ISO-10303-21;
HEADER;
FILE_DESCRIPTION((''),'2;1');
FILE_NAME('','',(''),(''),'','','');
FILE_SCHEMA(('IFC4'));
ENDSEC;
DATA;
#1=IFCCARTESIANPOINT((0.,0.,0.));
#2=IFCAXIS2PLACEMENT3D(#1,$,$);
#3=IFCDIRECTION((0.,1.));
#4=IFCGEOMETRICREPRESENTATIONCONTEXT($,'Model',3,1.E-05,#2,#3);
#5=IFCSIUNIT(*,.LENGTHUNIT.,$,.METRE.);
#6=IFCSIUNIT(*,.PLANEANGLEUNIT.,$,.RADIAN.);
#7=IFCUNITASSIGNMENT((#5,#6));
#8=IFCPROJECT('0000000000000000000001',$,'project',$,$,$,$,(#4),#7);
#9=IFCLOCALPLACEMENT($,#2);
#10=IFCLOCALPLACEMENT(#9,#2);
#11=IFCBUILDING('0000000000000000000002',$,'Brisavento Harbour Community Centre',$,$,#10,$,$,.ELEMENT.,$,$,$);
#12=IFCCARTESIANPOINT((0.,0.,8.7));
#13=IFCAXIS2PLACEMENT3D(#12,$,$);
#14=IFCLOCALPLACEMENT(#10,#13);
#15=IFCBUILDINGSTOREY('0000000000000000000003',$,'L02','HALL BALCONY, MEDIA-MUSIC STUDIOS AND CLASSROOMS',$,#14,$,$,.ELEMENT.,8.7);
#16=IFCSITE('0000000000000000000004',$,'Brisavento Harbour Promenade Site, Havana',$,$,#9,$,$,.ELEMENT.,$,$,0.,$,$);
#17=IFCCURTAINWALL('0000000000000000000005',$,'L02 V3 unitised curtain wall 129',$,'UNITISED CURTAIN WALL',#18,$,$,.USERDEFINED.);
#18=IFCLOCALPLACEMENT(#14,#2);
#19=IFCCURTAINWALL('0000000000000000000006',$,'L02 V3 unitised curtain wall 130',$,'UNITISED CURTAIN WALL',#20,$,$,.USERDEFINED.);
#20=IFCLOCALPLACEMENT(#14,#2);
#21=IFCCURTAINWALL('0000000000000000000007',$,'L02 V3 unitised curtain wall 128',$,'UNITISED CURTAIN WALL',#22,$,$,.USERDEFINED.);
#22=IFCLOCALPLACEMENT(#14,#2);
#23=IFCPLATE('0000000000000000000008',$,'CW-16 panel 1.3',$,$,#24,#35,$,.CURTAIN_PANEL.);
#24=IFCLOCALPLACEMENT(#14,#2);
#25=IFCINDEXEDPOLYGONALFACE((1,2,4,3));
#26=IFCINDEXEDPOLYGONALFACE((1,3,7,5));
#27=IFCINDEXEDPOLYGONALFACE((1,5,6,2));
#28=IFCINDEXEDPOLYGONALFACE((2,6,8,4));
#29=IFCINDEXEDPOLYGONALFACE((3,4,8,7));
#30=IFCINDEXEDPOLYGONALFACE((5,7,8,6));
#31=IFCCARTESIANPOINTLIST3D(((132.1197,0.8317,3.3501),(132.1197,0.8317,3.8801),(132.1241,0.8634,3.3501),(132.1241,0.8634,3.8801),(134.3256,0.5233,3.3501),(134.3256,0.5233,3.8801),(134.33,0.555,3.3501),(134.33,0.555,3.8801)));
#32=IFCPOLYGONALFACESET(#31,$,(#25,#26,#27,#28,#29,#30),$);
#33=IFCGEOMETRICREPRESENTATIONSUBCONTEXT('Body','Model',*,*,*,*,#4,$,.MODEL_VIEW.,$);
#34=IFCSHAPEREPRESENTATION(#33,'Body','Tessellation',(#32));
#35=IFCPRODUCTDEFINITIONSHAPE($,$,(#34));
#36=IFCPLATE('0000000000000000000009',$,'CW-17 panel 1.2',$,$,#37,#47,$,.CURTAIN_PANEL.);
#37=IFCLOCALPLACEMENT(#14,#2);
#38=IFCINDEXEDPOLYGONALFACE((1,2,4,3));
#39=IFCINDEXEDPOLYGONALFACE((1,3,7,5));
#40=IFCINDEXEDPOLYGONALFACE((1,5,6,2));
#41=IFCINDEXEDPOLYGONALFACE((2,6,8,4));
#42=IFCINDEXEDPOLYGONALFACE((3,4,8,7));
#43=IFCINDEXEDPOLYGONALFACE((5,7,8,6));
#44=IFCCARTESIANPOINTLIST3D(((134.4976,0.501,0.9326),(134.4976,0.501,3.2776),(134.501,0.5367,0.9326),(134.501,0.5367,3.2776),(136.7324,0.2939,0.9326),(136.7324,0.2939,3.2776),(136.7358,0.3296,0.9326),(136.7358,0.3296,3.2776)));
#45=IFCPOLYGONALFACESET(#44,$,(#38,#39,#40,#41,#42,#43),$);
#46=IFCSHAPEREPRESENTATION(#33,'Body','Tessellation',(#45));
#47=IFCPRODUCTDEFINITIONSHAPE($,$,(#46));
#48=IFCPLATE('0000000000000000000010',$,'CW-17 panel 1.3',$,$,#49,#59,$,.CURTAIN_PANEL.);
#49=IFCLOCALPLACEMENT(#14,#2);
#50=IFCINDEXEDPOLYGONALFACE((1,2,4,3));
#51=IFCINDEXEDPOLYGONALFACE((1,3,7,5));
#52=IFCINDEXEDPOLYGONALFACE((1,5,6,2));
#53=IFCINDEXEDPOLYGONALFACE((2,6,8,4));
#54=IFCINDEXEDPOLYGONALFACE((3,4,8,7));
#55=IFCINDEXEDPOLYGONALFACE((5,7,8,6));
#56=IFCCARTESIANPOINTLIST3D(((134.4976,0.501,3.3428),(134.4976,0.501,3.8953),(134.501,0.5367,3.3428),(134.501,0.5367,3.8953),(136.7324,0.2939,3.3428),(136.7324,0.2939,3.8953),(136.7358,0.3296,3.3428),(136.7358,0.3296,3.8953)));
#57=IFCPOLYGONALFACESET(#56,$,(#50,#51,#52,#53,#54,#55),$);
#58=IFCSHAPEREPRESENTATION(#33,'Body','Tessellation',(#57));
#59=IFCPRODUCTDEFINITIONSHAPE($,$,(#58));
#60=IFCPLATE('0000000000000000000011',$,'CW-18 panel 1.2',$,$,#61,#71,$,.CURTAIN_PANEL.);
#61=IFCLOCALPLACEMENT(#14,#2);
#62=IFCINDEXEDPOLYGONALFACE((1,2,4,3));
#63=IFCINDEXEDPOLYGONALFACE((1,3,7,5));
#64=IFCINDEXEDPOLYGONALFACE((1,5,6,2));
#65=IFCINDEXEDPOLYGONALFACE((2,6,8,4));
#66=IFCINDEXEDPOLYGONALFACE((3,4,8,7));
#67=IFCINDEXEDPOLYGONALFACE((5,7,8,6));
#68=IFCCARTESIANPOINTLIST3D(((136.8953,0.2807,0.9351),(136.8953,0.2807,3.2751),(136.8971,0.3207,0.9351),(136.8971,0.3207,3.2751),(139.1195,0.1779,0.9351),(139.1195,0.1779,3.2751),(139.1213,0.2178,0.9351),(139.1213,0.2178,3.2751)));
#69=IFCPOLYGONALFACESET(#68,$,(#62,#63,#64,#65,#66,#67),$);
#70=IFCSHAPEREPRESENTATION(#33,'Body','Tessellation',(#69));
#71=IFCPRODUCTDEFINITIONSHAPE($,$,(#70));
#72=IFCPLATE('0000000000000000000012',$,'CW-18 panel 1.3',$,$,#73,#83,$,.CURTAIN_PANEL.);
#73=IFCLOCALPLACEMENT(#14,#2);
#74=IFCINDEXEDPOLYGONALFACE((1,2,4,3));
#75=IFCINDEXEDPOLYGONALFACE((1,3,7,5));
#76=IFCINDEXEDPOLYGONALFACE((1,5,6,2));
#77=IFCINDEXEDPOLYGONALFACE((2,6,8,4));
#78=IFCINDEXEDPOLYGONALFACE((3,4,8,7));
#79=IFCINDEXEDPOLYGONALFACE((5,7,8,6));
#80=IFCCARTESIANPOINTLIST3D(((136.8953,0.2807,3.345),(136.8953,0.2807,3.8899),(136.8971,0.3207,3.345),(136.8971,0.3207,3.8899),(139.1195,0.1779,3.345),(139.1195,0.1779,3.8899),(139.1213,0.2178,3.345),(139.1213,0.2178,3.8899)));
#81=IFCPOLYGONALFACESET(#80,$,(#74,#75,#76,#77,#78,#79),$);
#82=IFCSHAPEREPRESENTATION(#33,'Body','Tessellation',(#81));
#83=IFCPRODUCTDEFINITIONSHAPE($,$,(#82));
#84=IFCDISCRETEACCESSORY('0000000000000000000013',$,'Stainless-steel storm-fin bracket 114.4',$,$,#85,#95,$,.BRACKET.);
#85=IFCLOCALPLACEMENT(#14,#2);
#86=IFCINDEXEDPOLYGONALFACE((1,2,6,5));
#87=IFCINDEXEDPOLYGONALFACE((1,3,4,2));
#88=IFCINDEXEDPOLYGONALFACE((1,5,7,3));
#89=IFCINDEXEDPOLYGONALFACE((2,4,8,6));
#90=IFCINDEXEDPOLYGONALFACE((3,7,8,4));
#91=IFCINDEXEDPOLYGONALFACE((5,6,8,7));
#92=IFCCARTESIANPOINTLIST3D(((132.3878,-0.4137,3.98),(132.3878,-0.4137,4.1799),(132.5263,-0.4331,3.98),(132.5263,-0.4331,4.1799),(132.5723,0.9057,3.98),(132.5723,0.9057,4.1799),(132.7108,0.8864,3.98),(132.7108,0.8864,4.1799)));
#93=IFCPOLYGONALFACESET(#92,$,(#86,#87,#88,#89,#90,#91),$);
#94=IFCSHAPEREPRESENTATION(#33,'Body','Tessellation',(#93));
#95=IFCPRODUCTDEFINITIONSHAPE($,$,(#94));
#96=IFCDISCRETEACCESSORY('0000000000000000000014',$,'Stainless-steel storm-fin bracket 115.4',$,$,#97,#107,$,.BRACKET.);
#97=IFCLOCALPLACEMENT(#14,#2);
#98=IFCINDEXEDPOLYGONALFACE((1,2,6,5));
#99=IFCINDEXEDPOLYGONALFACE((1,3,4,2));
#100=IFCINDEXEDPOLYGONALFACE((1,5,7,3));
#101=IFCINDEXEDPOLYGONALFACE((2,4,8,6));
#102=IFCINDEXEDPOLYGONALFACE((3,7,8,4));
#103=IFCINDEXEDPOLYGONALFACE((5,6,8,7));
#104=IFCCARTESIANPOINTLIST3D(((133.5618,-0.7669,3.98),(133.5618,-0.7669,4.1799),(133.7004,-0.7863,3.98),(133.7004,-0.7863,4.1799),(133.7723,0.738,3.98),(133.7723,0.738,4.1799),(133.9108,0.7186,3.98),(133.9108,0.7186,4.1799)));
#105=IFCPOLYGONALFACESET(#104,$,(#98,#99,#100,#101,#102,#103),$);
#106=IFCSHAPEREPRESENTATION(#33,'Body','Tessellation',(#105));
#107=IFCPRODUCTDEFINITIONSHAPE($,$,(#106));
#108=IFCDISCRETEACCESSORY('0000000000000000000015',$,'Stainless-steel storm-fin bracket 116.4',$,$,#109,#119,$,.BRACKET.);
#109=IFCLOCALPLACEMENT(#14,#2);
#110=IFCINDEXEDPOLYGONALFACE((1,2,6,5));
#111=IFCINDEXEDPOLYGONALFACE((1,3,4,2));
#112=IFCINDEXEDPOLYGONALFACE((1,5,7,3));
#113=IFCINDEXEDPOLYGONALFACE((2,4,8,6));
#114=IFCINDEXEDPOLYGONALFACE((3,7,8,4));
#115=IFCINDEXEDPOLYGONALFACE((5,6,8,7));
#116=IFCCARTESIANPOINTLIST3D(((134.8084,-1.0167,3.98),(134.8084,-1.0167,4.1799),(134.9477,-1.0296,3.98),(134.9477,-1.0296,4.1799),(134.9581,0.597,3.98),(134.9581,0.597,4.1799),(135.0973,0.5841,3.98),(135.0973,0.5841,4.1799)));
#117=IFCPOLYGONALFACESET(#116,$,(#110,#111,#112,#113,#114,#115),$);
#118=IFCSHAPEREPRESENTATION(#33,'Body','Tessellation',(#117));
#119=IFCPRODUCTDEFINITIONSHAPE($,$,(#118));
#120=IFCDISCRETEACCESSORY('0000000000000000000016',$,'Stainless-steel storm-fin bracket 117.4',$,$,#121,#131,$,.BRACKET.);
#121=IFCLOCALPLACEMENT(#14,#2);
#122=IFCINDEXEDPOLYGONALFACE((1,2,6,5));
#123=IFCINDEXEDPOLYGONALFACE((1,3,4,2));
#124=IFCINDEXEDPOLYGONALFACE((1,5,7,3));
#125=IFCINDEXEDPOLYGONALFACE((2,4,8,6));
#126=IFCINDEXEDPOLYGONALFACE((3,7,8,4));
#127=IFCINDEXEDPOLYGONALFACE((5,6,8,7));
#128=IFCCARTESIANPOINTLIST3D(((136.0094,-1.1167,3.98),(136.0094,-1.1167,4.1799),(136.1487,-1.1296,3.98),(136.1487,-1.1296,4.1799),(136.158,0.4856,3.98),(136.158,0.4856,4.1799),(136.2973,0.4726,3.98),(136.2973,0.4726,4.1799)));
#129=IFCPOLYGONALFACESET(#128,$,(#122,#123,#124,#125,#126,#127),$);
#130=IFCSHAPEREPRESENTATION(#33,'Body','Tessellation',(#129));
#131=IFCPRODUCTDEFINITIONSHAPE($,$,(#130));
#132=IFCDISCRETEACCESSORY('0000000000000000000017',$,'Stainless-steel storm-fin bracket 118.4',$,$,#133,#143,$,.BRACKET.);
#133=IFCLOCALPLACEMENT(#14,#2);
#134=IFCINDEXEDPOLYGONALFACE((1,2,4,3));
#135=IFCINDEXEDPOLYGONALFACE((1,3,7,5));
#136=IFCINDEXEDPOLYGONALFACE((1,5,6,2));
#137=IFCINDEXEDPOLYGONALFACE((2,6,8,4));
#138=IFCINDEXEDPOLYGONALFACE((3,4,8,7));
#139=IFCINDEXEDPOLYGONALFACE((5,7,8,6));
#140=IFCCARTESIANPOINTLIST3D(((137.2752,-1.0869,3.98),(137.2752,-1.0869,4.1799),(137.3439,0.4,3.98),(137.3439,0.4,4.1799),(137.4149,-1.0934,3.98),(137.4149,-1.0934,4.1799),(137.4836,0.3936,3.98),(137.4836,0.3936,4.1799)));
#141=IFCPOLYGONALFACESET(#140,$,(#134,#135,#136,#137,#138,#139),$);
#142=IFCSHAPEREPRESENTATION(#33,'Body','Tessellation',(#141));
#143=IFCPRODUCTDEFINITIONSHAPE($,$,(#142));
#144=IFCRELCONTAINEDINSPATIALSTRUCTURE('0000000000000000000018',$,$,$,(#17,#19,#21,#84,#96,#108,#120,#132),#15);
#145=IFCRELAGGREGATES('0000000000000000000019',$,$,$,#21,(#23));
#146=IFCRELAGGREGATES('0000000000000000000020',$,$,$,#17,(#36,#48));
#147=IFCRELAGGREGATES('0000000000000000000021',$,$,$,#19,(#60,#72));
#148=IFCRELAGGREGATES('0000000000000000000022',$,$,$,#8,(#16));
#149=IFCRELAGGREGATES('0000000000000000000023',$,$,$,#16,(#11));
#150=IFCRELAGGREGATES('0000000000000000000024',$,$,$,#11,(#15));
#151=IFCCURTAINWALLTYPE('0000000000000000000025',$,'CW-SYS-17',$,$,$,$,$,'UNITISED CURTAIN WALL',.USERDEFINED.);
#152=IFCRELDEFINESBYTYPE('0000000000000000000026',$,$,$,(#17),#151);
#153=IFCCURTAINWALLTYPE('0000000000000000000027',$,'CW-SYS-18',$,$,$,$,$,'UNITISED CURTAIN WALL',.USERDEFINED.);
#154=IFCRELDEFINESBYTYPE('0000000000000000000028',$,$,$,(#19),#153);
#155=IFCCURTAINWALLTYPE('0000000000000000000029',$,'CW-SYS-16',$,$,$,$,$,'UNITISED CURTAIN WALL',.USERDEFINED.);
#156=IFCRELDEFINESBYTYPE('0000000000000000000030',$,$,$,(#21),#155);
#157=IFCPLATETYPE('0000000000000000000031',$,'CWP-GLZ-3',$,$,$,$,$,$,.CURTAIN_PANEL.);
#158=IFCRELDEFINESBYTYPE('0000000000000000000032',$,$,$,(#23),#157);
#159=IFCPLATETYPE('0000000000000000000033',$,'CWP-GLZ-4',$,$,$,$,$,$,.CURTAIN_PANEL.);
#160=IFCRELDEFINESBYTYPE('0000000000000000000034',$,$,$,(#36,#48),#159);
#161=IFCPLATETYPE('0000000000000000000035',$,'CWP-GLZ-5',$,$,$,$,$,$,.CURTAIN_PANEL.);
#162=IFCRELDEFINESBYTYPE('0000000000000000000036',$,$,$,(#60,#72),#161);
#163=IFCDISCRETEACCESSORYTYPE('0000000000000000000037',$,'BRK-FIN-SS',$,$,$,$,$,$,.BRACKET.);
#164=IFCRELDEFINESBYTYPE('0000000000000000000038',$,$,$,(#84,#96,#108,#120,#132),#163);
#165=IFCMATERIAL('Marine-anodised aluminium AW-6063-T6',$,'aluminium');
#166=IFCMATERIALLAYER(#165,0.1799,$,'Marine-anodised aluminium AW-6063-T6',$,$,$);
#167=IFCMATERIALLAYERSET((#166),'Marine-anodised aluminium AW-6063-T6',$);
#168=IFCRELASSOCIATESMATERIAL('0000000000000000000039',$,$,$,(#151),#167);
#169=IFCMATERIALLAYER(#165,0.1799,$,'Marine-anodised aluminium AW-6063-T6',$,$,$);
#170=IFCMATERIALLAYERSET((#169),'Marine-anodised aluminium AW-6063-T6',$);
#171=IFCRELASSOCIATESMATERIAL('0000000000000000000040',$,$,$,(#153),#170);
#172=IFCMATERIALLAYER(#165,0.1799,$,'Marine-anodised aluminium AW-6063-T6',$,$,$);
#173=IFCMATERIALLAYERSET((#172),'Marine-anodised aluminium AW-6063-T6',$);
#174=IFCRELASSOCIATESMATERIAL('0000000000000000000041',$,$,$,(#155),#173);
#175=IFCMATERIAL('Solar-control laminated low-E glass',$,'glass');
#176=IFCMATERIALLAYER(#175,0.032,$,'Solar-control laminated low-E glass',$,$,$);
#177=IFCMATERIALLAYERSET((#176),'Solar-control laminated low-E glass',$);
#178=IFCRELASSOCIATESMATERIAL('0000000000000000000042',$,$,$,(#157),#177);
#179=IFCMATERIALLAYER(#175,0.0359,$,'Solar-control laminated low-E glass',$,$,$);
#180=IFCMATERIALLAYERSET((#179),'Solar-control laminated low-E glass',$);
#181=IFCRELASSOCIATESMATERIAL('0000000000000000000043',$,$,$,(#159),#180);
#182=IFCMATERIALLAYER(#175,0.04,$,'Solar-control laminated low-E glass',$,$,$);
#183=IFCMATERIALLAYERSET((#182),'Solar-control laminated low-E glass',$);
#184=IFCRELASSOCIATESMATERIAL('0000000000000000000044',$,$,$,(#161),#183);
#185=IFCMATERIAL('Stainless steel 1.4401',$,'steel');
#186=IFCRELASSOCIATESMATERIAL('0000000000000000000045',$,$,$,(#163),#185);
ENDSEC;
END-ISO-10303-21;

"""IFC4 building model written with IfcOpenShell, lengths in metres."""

from ifc_helpers import new_model, si_unit, direction, frame, origin, origin_2d, place, context, subcontext, project, spatial, rectangle, extrude, material, layer, layer_set, type_object, element, aggregate, save


model = new_model("IFC4")

# Units and contexts
model_context = context("Model", 3, precision=1e-05, world=origin(), true_north=direction((0.0, 1.0)))
body_context = subcontext(model_context, "Body", "Model", "MODEL_VIEW")
ifc_project = project(units=[si_unit("LENGTHUNIT", "METRE"), si_unit("PLANEANGLEUNIT", "RADIAN")], contexts=[model_context])

# Site, building, storey
site_placement = place(None, origin())
site = spatial("IfcSite", under=ifc_project, at=site_placement, Name="Brisavento Harbour Promenade Site, Havana", CompositionType="ELEMENT", RefElevation=0.0)
building_placement = place(site_placement, origin())
building = spatial("IfcBuilding", under=site, at=building_placement, Name="Brisavento Harbour Community Centre", CompositionType="ELEMENT")
storey_placement = place(building_placement, frame((0.0, 0.0, 8.7)))
storey = spatial("IfcBuildingStorey", under=building, at=storey_placement, Name="L02", Description="HALL BALCONY, MEDIA-MUSIC STUDIOS AND CLASSROOMS", CompositionType="ELEMENT", Elevation=8.7)

# Curtain walls
ifc_material_1 = material(Name="Marine-anodised aluminium AW-6063-T6", Category="aluminium")
ifc_layer_1 = layer(ifc_material_1, 0.1799, Name="Marine-anodised aluminium AW-6063-T6")
ifc_layer_set_1 = layer_set([ifc_layer_1], Name="Marine-anodised aluminium AW-6063-T6")
curtain_wall_type_1 = type_object("IfcCurtainWallType", Name="CW-SYS-17", ElementType="UNITISED CURTAIN WALL", PredefinedType="USERDEFINED", material=ifc_layer_set_1)
curtain_wall_1_placement = place(storey_placement, origin())
curtain_wall_1 = element("IfcCurtainWall", 1, at=curtain_wall_1_placement, inside=storey, type_object=curtain_wall_type_1, Name="L02 V3 unitised curtain wall 129", ObjectType="UNITISED CURTAIN WALL", PredefinedType="USERDEFINED")
ifc_layer_2 = layer(ifc_material_1, 0.1799, Name="Marine-anodised aluminium AW-6063-T6")
ifc_layer_set_2 = layer_set([ifc_layer_2], Name="Marine-anodised aluminium AW-6063-T6")
curtain_wall_type_2 = type_object("IfcCurtainWallType", Name="CW-SYS-18", ElementType="UNITISED CURTAIN WALL", PredefinedType="USERDEFINED", material=ifc_layer_set_2)
curtain_wall_2_placement = place(storey_placement, origin())
curtain_wall_2 = element("IfcCurtainWall", 2, at=curtain_wall_2_placement, inside=storey, type_object=curtain_wall_type_2, Name="L02 V3 unitised curtain wall 130", ObjectType="UNITISED CURTAIN WALL", PredefinedType="USERDEFINED")

# Curtain wall, plate
ifc_layer_3 = layer(ifc_material_1, 0.1799, Name="Marine-anodised aluminium AW-6063-T6")
ifc_layer_set_3 = layer_set([ifc_layer_3], Name="Marine-anodised aluminium AW-6063-T6")
curtain_wall_type_3 = type_object("IfcCurtainWallType", Name="CW-SYS-16", ElementType="UNITISED CURTAIN WALL", PredefinedType="USERDEFINED", material=ifc_layer_set_3)
curtain_wall_3_placement = place(storey_placement, origin())
curtain_wall_3 = element("IfcCurtainWall", 3, at=curtain_wall_3_placement, inside=storey, type_object=curtain_wall_type_3, Name="L02 V3 unitised curtain wall 128", ObjectType="UNITISED CURTAIN WALL", PredefinedType="USERDEFINED")
ifc_material_2 = material(Name="Solar-control laminated low-E glass", Category="glass")
ifc_layer_4 = layer(ifc_material_2, 0.032, Name="Solar-control laminated low-E glass")
ifc_layer_set_4 = layer_set([ifc_layer_4], Name="Solar-control laminated low-E glass")
plate_type_1 = type_object("IfcPlateType", Name="CWP-GLZ-3", PredefinedType="CURTAIN_PANEL", material=ifc_layer_set_4)
plate_1_placement = place(storey_placement, frame((133.2249, 0.6934, 3.3501), z_axis=(0.0, 0.0, 1.0), x_axis=(-0.990366, 0.138477, 0.0)))
plate_1 = element("IfcPlate", 4, at=plate_1_placement, type_object=plate_type_1, Name="CW-16 panel 1.3", PredefinedType="CURTAIN_PANEL", context=body_context, shape_type="SweptSolid", body=[
    extrude(rectangle(XDim=2.2273, YDim=0.032, at=origin_2d()), origin(), (0.0, 0.0, 1.0), 0.53),
])
aggregate(curtain_wall_3, [plate_1])

# Plates
ifc_layer_5 = layer(ifc_material_2, 0.0359, Name="Solar-control laminated low-E glass")
ifc_layer_set_5 = layer_set([ifc_layer_5], Name="Solar-control laminated low-E glass")
plate_type_2 = type_object("IfcPlateType", Name="CWP-GLZ-4", PredefinedType="CURTAIN_PANEL", material=ifc_layer_set_5)
plate_2_placement = place(storey_placement, frame((135.6167, 0.4153, 0.9326), z_axis=(0.0, 0.0, 1.0), x_axis=(-0.995733, 0.092279, 0.0)))
plate_2 = element("IfcPlate", 5, at=plate_2_placement, type_object=plate_type_2, Name="CW-17 panel 1.2", PredefinedType="CURTAIN_PANEL", context=body_context, shape_type="SweptSolid", body=[
    extrude(rectangle(XDim=2.2444, YDim=0.0359, at=origin_2d()), origin(), (0.0, 0.0, 1.0), 2.345),
])
plate_3_placement = place(storey_placement, frame((135.6167, 0.4153, 3.3428), z_axis=(0.0, 0.0, 1.0), x_axis=(-0.995733, 0.092279, 0.0)))
plate_3 = element("IfcPlate", 6, at=plate_3_placement, type_object=plate_type_2, Name="CW-17 panel 1.3", PredefinedType="CURTAIN_PANEL", context=body_context, shape_type="SweptSolid", body=[
    extrude(rectangle(XDim=2.2444, YDim=0.0359, at=origin_2d()), origin(), (0.0, 0.0, 1.0), 0.5525),
])
aggregate(curtain_wall_1, [plate_2, plate_3])
ifc_layer_6 = layer(ifc_material_2, 0.04, Name="Solar-control laminated low-E glass")
ifc_layer_set_6 = layer_set([ifc_layer_6], Name="Solar-control laminated low-E glass")
plate_type_3 = type_object("IfcPlateType", Name="CWP-GLZ-5", PredefinedType="CURTAIN_PANEL", material=ifc_layer_set_6)
plate_4_placement = place(storey_placement, frame((138.0083, 0.2493, 0.9351), z_axis=(0.0, 0.0, 1.0), x_axis=(-0.998933, 0.046186, 0.0)))
plate_4 = element("IfcPlate", 7, at=plate_4_placement, type_object=plate_type_3, Name="CW-18 panel 1.2", PredefinedType="CURTAIN_PANEL", context=body_context, shape_type="SweptSolid", body=[
    extrude(rectangle(XDim=2.2266, YDim=0.04, at=origin_2d()), origin(), (0.0, 0.0, 1.0), 2.3401),
])
plate_5_placement = place(storey_placement, frame((138.0083, 0.2493, 3.345), z_axis=(0.0, 0.0, 1.0), x_axis=(-0.998933, 0.046186, 0.0)))
plate_5 = element("IfcPlate", 8, at=plate_5_placement, type_object=plate_type_3, Name="CW-18 panel 1.3", PredefinedType="CURTAIN_PANEL", context=body_context, shape_type="SweptSolid", body=[
    extrude(rectangle(XDim=2.2266, YDim=0.04, at=origin_2d()), origin(), (0.0, 0.0, 1.0), 0.5449),
])
aggregate(curtain_wall_2, [plate_4, plate_5])

# Discrete accessories
ifc_material_3 = material(Name="Stainless steel 1.4401", Category="steel")
discrete_accessory_type = type_object("IfcDiscreteAccessoryType", Name="BRK-FIN-SS", PredefinedType="BRACKET", material=ifc_material_3)
discrete_accessory_1_placement = place(storey_placement, frame((132.5493, 0.2363, 3.98), z_axis=(0.0, 0.0, 1.0), x_axis=(-0.138499, -0.990363, 0.0)))
element("IfcDiscreteAccessory", 9, at=discrete_accessory_1_placement, inside=storey, type_object=discrete_accessory_type, Name="Stainless-steel storm-fin bracket 114.4", PredefinedType="BRACKET", context=body_context, shape_type="SweptSolid", body=[
    extrude(rectangle(XDim=1.3323, YDim=0.1399, at=origin_2d()), origin(), (0.0, 0.0, 1.0), 0.2),
])
discrete_accessory_2_placement = place(storey_placement, frame((133.7363, -0.0242, 3.98), z_axis=(0.0, 0.0, 1.0), x_axis=(-0.138499, -0.990363, 0.0)))
element("IfcDiscreteAccessory", 10, at=discrete_accessory_2_placement, inside=storey, type_object=discrete_accessory_type, Name="Stainless-steel storm-fin bracket 115.4", PredefinedType="BRACKET", context=body_context, shape_type="SweptSolid", body=[
    extrude(rectangle(XDim=1.5195, YDim=0.1399, at=origin_2d()), origin(), (0.0, 0.0, 1.0), 0.2),
])
discrete_accessory_3_placement = place(storey_placement, frame((134.9529, -0.2163, 3.98), z_axis=(0.0, 0.0, 1.0), x_axis=(-0.092336, -0.995728, 0.0)))
element("IfcDiscreteAccessory", 11, at=discrete_accessory_3_placement, inside=storey, type_object=discrete_accessory_type, Name="Stainless-steel storm-fin bracket 116.4", PredefinedType="BRACKET", context=body_context, shape_type="SweptSolid", body=[
    extrude(rectangle(XDim=1.6206, YDim=0.1399, at=origin_2d()), origin(), (0.0, 0.0, 1.0), 0.2),
])
discrete_accessory_4_placement = place(storey_placement, frame((136.1533, -0.322, 3.98), z_axis=(0.0, 0.0, 1.0), x_axis=(-0.092336, -0.995728, 0.0)))
element("IfcDiscreteAccessory", 12, at=discrete_accessory_4_placement, inside=storey, type_object=discrete_accessory_type, Name="Stainless-steel storm-fin bracket 117.4", PredefinedType="BRACKET", context=body_context, shape_type="SweptSolid", body=[
    extrude(rectangle(XDim=1.6091, YDim=0.1399, at=origin_2d()), origin(), (0.0, 0.0, 1.0), 0.2),
])
discrete_accessory_5_placement = place(storey_placement, frame((137.3794, -0.3467, 3.98), z_axis=(0.0, 0.0, 1.0), x_axis=(-0.046165, -0.998934, 0.0)))
element("IfcDiscreteAccessory", 13, at=discrete_accessory_5_placement, inside=storey, type_object=discrete_accessory_type, Name="Stainless-steel storm-fin bracket 118.4", PredefinedType="BRACKET", context=body_context, shape_type="SweptSolid", body=[
    extrude(rectangle(XDim=1.4885, YDim=0.1399, at=origin_2d()), origin(), (0.0, 0.0, 1.0), 0.2),
])

save(model, "model.ifc")
